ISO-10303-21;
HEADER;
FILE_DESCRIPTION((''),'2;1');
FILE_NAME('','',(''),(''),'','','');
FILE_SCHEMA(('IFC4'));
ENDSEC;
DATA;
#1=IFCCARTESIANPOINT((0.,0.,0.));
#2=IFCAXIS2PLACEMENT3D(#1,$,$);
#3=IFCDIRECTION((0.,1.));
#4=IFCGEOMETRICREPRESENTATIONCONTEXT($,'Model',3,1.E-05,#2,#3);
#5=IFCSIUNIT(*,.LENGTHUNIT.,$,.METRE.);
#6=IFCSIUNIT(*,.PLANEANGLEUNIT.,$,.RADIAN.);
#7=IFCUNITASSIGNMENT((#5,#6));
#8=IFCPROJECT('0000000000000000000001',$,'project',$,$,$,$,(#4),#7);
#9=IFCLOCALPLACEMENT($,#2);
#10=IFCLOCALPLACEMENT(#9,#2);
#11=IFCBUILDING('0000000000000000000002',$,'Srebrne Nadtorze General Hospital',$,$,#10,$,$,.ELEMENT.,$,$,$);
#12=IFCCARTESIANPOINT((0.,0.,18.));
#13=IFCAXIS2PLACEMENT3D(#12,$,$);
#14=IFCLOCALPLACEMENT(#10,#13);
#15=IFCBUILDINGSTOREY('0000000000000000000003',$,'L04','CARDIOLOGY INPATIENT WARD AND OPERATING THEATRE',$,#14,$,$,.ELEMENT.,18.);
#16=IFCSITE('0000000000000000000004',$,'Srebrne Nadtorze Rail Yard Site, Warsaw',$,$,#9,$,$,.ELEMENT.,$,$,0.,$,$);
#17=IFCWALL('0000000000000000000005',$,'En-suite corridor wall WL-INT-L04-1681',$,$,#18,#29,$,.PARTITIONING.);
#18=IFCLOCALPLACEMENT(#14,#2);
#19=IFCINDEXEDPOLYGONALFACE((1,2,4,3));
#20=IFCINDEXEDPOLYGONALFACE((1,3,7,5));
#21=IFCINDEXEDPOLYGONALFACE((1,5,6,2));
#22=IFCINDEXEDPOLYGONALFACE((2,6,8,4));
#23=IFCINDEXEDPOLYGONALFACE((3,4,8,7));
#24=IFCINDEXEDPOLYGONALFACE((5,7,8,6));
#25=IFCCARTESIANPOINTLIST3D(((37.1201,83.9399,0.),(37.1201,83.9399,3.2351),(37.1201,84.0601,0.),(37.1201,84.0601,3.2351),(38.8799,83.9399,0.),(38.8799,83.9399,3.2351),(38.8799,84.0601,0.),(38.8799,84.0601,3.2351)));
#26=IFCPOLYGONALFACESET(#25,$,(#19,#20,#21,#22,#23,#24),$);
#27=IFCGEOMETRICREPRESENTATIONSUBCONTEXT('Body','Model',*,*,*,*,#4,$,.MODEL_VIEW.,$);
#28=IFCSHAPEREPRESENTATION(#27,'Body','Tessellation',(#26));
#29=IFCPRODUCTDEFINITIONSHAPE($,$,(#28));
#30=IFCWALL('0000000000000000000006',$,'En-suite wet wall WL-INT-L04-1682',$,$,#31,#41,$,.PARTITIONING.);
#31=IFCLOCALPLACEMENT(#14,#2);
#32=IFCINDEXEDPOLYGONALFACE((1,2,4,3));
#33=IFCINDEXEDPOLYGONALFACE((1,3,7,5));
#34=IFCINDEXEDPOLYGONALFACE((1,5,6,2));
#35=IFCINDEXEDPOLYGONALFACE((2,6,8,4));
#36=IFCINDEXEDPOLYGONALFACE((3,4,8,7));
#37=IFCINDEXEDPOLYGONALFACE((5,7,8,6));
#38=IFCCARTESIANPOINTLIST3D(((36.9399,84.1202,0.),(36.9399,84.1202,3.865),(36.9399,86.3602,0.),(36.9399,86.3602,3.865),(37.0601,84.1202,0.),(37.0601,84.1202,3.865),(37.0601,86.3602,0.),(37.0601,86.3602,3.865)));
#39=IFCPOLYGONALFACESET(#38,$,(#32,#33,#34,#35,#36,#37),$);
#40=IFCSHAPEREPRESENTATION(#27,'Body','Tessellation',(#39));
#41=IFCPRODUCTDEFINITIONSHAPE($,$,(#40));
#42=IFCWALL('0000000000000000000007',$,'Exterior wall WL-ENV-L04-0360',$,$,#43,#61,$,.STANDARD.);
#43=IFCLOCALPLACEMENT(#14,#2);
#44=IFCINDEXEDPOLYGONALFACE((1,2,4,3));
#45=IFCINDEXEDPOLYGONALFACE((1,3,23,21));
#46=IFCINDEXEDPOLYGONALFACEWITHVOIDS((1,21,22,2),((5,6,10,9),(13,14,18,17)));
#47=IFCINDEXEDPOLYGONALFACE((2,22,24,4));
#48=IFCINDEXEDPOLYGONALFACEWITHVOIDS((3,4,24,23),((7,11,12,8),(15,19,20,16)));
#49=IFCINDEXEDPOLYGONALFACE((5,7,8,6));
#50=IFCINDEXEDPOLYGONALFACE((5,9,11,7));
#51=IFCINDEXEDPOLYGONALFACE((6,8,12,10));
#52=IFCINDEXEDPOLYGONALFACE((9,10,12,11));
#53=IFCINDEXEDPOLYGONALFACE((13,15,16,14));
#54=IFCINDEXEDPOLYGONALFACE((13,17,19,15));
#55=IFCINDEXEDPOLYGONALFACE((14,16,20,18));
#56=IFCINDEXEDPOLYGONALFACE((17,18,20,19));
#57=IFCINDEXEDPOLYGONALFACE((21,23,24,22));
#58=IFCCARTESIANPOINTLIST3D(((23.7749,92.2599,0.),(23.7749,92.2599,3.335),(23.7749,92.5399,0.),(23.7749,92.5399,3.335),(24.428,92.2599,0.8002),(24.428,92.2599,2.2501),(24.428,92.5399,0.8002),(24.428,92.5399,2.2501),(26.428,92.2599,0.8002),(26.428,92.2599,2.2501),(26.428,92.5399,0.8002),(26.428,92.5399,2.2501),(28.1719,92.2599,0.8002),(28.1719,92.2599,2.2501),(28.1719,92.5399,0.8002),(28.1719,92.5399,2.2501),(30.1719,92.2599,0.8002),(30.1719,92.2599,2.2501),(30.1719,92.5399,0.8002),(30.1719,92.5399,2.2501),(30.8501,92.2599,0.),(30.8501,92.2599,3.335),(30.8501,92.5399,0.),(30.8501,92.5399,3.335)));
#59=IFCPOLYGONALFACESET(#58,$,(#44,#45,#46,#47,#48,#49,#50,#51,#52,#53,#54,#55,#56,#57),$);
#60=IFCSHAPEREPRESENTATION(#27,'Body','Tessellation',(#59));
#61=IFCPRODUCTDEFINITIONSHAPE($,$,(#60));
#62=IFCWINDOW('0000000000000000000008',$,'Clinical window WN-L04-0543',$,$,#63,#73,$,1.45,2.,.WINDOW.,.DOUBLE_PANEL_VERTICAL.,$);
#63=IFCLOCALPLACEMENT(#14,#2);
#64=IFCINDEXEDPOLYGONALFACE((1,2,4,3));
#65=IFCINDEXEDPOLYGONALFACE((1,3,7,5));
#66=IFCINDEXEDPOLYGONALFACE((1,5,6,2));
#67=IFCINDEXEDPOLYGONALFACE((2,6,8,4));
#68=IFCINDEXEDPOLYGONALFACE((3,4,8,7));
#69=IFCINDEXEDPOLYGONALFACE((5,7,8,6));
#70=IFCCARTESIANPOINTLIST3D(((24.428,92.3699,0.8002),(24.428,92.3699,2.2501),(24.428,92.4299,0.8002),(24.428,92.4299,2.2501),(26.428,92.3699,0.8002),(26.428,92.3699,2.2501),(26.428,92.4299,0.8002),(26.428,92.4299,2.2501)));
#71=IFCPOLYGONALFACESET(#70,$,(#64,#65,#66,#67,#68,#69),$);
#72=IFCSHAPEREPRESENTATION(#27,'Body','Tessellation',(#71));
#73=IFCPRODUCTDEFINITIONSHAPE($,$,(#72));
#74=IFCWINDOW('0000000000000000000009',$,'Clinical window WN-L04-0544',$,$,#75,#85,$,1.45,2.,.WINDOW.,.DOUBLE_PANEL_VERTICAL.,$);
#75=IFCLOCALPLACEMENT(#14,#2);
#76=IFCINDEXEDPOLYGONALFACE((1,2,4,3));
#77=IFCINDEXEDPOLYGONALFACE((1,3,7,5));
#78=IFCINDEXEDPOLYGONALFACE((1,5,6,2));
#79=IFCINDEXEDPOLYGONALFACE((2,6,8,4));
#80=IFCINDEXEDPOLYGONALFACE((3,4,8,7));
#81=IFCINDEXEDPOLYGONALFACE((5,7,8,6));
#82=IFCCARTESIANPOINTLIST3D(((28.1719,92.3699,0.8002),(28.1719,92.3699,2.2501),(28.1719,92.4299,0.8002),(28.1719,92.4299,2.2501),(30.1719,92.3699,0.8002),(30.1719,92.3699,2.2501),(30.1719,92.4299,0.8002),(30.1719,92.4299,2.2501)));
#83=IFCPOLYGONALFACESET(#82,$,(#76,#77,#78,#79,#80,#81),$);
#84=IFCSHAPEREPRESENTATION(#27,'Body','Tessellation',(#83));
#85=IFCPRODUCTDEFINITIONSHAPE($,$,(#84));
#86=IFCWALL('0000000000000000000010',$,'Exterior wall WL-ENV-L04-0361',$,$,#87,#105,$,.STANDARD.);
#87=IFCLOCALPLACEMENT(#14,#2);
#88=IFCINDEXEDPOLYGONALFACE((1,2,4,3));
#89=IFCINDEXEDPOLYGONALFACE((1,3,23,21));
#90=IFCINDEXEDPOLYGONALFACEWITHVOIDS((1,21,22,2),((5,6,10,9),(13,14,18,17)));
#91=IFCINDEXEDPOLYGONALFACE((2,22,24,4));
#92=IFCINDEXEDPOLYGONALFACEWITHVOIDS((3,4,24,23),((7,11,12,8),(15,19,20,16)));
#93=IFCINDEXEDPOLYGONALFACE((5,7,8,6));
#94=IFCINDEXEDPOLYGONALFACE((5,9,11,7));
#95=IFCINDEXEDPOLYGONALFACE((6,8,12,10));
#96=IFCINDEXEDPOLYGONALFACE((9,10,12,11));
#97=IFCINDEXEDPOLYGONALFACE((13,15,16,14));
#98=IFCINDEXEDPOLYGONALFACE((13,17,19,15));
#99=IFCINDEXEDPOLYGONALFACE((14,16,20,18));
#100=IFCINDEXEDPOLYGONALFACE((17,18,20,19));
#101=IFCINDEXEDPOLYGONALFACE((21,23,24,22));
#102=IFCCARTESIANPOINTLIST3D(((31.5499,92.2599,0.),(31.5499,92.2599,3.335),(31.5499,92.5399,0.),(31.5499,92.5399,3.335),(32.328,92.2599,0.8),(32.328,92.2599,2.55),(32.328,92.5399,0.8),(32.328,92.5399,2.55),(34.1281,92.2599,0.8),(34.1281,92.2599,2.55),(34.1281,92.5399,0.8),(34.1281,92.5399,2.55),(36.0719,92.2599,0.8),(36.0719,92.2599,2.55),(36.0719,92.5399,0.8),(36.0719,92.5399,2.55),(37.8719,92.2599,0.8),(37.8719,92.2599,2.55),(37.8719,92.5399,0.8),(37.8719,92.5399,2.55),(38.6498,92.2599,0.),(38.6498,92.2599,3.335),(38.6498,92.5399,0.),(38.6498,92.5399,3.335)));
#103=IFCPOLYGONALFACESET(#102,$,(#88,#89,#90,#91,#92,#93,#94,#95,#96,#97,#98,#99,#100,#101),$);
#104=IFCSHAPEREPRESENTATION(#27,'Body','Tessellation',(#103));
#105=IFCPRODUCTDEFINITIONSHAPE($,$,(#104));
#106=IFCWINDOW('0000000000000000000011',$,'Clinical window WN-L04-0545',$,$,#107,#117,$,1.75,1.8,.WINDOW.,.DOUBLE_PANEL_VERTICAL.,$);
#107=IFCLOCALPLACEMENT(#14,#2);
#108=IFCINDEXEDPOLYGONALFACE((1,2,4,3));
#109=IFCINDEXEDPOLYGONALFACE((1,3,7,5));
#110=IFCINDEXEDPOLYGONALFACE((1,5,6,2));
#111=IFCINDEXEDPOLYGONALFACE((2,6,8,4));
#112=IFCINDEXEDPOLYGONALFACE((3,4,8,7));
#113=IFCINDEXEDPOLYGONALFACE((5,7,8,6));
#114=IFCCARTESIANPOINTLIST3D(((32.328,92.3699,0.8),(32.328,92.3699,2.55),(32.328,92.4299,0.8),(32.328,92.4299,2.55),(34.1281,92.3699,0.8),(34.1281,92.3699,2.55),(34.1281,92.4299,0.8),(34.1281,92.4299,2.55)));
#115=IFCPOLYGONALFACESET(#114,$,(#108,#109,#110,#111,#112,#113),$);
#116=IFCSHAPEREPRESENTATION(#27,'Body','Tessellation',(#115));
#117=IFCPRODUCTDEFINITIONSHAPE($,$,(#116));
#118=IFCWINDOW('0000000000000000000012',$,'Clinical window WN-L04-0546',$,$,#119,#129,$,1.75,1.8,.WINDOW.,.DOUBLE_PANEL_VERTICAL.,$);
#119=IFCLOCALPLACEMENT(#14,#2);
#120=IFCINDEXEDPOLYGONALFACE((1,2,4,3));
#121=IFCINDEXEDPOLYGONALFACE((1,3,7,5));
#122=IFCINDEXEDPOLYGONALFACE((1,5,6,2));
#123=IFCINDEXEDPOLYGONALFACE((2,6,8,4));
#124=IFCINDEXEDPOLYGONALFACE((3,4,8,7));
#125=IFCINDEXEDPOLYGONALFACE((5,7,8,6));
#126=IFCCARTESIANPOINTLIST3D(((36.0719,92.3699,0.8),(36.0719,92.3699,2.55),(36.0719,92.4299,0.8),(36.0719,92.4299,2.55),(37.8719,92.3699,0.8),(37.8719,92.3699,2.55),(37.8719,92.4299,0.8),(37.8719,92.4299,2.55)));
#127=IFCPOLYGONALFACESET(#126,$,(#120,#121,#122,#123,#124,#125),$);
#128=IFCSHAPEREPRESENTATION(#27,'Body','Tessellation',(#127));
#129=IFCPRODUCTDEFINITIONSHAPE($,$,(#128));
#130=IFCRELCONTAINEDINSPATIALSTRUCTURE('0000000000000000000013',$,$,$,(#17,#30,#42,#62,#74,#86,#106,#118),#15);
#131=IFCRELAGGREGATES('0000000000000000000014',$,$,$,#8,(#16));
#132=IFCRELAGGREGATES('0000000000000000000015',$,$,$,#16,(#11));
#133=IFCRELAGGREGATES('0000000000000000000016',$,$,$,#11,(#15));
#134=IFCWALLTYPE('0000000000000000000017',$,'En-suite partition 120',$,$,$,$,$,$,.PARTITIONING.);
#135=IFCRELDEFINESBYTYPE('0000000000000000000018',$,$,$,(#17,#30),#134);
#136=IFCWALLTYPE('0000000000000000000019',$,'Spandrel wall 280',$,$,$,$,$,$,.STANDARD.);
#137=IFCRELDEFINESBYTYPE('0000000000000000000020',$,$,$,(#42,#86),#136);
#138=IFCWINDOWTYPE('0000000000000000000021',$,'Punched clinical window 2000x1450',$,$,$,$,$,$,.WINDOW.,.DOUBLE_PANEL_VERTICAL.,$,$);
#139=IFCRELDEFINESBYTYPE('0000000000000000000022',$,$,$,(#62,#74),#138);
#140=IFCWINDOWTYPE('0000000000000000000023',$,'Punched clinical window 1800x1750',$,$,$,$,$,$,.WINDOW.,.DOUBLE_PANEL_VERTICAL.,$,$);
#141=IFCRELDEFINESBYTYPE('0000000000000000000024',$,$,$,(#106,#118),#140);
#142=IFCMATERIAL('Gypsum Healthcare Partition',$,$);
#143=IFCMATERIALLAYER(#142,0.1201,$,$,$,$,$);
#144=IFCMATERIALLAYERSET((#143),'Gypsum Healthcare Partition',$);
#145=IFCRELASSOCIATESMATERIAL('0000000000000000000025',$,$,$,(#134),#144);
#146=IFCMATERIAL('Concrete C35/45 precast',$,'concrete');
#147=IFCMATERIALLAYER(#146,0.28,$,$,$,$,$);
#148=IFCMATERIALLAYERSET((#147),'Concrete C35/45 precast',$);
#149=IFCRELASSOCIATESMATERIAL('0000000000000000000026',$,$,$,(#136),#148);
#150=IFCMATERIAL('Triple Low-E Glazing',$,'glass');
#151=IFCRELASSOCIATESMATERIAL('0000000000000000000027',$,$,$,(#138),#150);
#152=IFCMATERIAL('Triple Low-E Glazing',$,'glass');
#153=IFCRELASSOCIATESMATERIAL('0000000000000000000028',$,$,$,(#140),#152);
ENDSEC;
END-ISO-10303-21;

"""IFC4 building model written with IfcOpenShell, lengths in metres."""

from ifc_helpers import new_model, si_unit, direction, frame, frame_2d, origin, place, context, subcontext, project, spatial, rectangle, extrude, material, layer, layer_set, type_object, element, fill, save


model = new_model("IFC4")

# Units and contexts
model_context = context("Model", 3, precision=1e-05, world=origin(), true_north=direction((0.0, 1.0)))
body_context = subcontext(model_context, "Body", "Model", "MODEL_VIEW")
ifc_project = project(units=[si_unit("LENGTHUNIT", "METRE"), si_unit("PLANEANGLEUNIT", "RADIAN")], contexts=[model_context])

# Site, building, storey
site_placement = place(None, origin())
site = spatial("IfcSite", under=ifc_project, at=site_placement, Name="Srebrne Nadtorze Rail Yard Site, Warsaw", CompositionType="ELEMENT", RefElevation=0.0)
building_placement = place(site_placement, origin())
building = spatial("IfcBuilding", under=site, at=building_placement, Name="Srebrne Nadtorze General Hospital", CompositionType="ELEMENT")
storey_placement = place(building_placement, frame((0.0, 0.0, 18.0)))
storey = spatial("IfcBuildingStorey", under=building, at=storey_placement, Name="L04", Description="CARDIOLOGY INPATIENT WARD AND OPERATING THEATRE", CompositionType="ELEMENT", Elevation=18.0)

# Shared definitions
ifc_material_1 = material(Name="Gypsum Healthcare Partition")
ifc_layer_1 = layer(ifc_material_1, 0.1201)
ifc_layer_set_1 = layer_set([ifc_layer_1], Name="Gypsum Healthcare Partition")
wall_type_1 = type_object("IfcWallType", Name="En-suite partition 120", PredefinedType="PARTITIONING", material=ifc_layer_set_1)

# Walls
wall_1_placement = place(storey_placement, frame((37.1201, 84.0, 0.0), z_axis=(0.0, 0.0, 1.0), x_axis=(1.0, 0.0, 0.0)))
element("IfcWall", 1, at=wall_1_placement, inside=storey, type_object=wall_type_1, Name="En-suite corridor wall WL-INT-L04-1681", PredefinedType="PARTITIONING", context=body_context, shape_type="SweptSolid", body=[
    extrude(rectangle(XDim=1.7598, YDim=0.1201, at=frame_2d((0.8799, 0.0))), origin(), (0.0, 0.0, 1.0), 3.2351),
])
wall_2_placement = place(storey_placement, frame((37.0, 84.1201, 0.0), z_axis=(0.0, 0.0, 1.0), x_axis=(0.0, 1.0, 0.0)))
element("IfcWall", 2, at=wall_2_placement, inside=storey, type_object=wall_type_1, Name="En-suite wet wall WL-INT-L04-1682", PredefinedType="PARTITIONING", context=body_context, shape_type="SweptSolid", body=[
    extrude(rectangle(XDim=2.24, YDim=0.1201, at=frame_2d((1.1201, 0.0))), origin(), (0.0, 0.0, 1.0), 3.865),
])

# Walls, openings, windows
ifc_material_2 = material(Name="Concrete C35/45 precast", Category="concrete")
ifc_layer_2 = layer(ifc_material_2, 0.28)
ifc_layer_set_2 = layer_set([ifc_layer_2], Name="Concrete C35/45 precast")
wall_type_2 = type_object("IfcWallType", Name="Spandrel wall 280", PredefinedType="STANDARD", material=ifc_layer_set_2)
wall_3_placement = place(storey_placement, frame((23.7749, 92.3999, 0.0), z_axis=(0.0, 0.0, 1.0), x_axis=(1.0, 0.0, 0.0)))
wall_3 = element("IfcWall", 3, at=wall_3_placement, inside=storey, type_object=wall_type_2, Name="Exterior wall WL-ENV-L04-0360", PredefinedType="STANDARD", context=body_context, shape_type="SweptSolid", body=[
    extrude(rectangle(XDim=7.0752, YDim=0.28, at=frame_2d((3.5376, 0.0))), origin(), (0.0, 0.0, 1.0), 3.335),
])
opening_1_placement = place(wall_3_placement, frame((0.6531, 0.0, 0.8)))
opening_1 = element("IfcOpeningElement", 4, at=opening_1_placement, cuts=wall_3, PredefinedType="OPENING", context=body_context, shape_type="SweptSolid", body=[
    extrude(rectangle(XDim=2.0, YDim=1.45, at=frame_2d((1.0, 0.7251))), frame((0.0, 0.1519, 0.0), z_axis=(0.0, -1.0, 0.0), x_axis=(1.0, 0.0, 0.0)), (0.0, 0.0, 1.0), 0.304),
])
opening_2_placement = place(wall_3_placement, frame((4.397, 0.0, 0.8)))
opening_2 = element("IfcOpeningElement", 5, at=opening_2_placement, cuts=wall_3, PredefinedType="OPENING", context=body_context, shape_type="SweptSolid", body=[
    extrude(rectangle(XDim=2.0, YDim=1.45, at=frame_2d((1.0, 0.7251))), frame((0.0, 0.1519, 0.0), z_axis=(0.0, -1.0, 0.0), x_axis=(1.0, 0.0, 0.0)), (0.0, 0.0, 1.0), 0.304),
])
ifc_material_3 = material(Name="Triple Low-E Glazing", Category="glass")
window_type_1 = type_object("IfcWindowType", Name="Punched clinical window 2000x1450", PartitioningType="DOUBLE_PANEL_VERTICAL", PredefinedType="WINDOW", material=ifc_material_3)
window_1_placement = place(opening_1_placement, origin())
window_1 = element("IfcWindow", 6, at=window_1_placement, inside=storey, type_object=window_type_1, Name="Clinical window WN-L04-0543", OverallHeight=1.45, OverallWidth=2.0, PartitioningType="DOUBLE_PANEL_VERTICAL", PredefinedType="WINDOW", context=body_context, shape_type="SweptSolid", body=[
    extrude(rectangle(XDim=2.0, YDim=1.45, at=frame_2d((1.0, 0.7251))), frame((0.0, 0.03, 0.0), z_axis=(0.0, -1.0, 0.0), x_axis=(1.0, 0.0, 0.0)), (0.0, 0.0, 1.0), 0.0601),
])
fill(opening_1, window_1)
window_2_placement = place(opening_2_placement, origin())
window_2 = element("IfcWindow", 7, at=window_2_placement, inside=storey, type_object=window_type_1, Name="Clinical window WN-L04-0544", OverallHeight=1.45, OverallWidth=2.0, PartitioningType="DOUBLE_PANEL_VERTICAL", PredefinedType="WINDOW", context=body_context, shape_type="SweptSolid", body=[
    extrude(rectangle(XDim=2.0, YDim=1.45, at=frame_2d((1.0, 0.7251))), frame((0.0, 0.03, 0.0), z_axis=(0.0, -1.0, 0.0), x_axis=(1.0, 0.0, 0.0)), (0.0, 0.0, 1.0), 0.0601),
])
fill(opening_2, window_2)
wall_4_placement = place(storey_placement, frame((31.55, 92.3999, 0.0), z_axis=(0.0, 0.0, 1.0), x_axis=(1.0, 0.0, 0.0)))
wall_4 = element("IfcWall", 8, at=wall_4_placement, inside=storey, type_object=wall_type_2, Name="Exterior wall WL-ENV-L04-0361", PredefinedType="STANDARD", context=body_context, shape_type="SweptSolid", body=[
    extrude(rectangle(XDim=7.0999, YDim=0.28, at=frame_2d((3.5498, 0.0))), origin(), (0.0, 0.0, 1.0), 3.335),
])
opening_3_placement = place(wall_4_placement, frame((0.7781, 0.0, 0.8)))
opening_3 = element("IfcOpeningElement", 9, at=opening_3_placement, cuts=wall_4, PredefinedType="OPENING", context=body_context, shape_type="SweptSolid", body=[
    extrude(rectangle(XDim=1.8, YDim=1.75, at=frame_2d((0.8999, 0.875))), frame((0.0, 0.1519, 0.0), z_axis=(0.0, -1.0, 0.0), x_axis=(1.0, 0.0, 0.0)), (0.0, 0.0, 1.0), 0.304),
])
opening_4_placement = place(wall_4_placement, frame((4.522, 0.0, 0.8)))
opening_4 = element("IfcOpeningElement", 10, at=opening_4_placement, cuts=wall_4, PredefinedType="OPENING", context=body_context, shape_type="SweptSolid", body=[
    extrude(rectangle(XDim=1.8, YDim=1.75, at=frame_2d((0.8999, 0.875))), frame((0.0, 0.1519, 0.0), z_axis=(0.0, -1.0, 0.0), x_axis=(1.0, 0.0, 0.0)), (0.0, 0.0, 1.0), 0.304),
])
ifc_material_4 = material(Name="Triple Low-E Glazing", Category="glass")
window_type_2 = type_object("IfcWindowType", Name="Punched clinical window 1800x1750", PartitioningType="DOUBLE_PANEL_VERTICAL", PredefinedType="WINDOW", material=ifc_material_4)
window_3_placement = place(opening_3_placement, origin())
window_3 = element("IfcWindow", 11, at=window_3_placement, inside=storey, type_object=window_type_2, Name="Clinical window WN-L04-0545", OverallHeight=1.75, OverallWidth=1.8, PartitioningType="DOUBLE_PANEL_VERTICAL", PredefinedType="WINDOW", context=body_context, shape_type="SweptSolid", body=[
    extrude(rectangle(XDim=1.8, YDim=1.75, at=frame_2d((0.8999, 0.875))), frame((0.0, 0.03, 0.0), z_axis=(0.0, -1.0, 0.0), x_axis=(1.0, 0.0, 0.0)), (0.0, 0.0, 1.0), 0.0601),
])
fill(opening_3, window_3)
window_4_placement = place(opening_4_placement, origin())
window_4 = element("IfcWindow", 12, at=window_4_placement, inside=storey, type_object=window_type_2, Name="Clinical window WN-L04-0546", OverallHeight=1.75, OverallWidth=1.8, PartitioningType="DOUBLE_PANEL_VERTICAL", PredefinedType="WINDOW", context=body_context, shape_type="SweptSolid", body=[
    extrude(rectangle(XDim=1.8, YDim=1.75, at=frame_2d((0.8999, 0.875))), frame((0.0, 0.03, 0.0), z_axis=(0.0, -1.0, 0.0), x_axis=(1.0, 0.0, 0.0)), (0.0, 0.0, 1.0), 0.0601),
])
fill(opening_4, window_4)

save(model, "model.ifc")
